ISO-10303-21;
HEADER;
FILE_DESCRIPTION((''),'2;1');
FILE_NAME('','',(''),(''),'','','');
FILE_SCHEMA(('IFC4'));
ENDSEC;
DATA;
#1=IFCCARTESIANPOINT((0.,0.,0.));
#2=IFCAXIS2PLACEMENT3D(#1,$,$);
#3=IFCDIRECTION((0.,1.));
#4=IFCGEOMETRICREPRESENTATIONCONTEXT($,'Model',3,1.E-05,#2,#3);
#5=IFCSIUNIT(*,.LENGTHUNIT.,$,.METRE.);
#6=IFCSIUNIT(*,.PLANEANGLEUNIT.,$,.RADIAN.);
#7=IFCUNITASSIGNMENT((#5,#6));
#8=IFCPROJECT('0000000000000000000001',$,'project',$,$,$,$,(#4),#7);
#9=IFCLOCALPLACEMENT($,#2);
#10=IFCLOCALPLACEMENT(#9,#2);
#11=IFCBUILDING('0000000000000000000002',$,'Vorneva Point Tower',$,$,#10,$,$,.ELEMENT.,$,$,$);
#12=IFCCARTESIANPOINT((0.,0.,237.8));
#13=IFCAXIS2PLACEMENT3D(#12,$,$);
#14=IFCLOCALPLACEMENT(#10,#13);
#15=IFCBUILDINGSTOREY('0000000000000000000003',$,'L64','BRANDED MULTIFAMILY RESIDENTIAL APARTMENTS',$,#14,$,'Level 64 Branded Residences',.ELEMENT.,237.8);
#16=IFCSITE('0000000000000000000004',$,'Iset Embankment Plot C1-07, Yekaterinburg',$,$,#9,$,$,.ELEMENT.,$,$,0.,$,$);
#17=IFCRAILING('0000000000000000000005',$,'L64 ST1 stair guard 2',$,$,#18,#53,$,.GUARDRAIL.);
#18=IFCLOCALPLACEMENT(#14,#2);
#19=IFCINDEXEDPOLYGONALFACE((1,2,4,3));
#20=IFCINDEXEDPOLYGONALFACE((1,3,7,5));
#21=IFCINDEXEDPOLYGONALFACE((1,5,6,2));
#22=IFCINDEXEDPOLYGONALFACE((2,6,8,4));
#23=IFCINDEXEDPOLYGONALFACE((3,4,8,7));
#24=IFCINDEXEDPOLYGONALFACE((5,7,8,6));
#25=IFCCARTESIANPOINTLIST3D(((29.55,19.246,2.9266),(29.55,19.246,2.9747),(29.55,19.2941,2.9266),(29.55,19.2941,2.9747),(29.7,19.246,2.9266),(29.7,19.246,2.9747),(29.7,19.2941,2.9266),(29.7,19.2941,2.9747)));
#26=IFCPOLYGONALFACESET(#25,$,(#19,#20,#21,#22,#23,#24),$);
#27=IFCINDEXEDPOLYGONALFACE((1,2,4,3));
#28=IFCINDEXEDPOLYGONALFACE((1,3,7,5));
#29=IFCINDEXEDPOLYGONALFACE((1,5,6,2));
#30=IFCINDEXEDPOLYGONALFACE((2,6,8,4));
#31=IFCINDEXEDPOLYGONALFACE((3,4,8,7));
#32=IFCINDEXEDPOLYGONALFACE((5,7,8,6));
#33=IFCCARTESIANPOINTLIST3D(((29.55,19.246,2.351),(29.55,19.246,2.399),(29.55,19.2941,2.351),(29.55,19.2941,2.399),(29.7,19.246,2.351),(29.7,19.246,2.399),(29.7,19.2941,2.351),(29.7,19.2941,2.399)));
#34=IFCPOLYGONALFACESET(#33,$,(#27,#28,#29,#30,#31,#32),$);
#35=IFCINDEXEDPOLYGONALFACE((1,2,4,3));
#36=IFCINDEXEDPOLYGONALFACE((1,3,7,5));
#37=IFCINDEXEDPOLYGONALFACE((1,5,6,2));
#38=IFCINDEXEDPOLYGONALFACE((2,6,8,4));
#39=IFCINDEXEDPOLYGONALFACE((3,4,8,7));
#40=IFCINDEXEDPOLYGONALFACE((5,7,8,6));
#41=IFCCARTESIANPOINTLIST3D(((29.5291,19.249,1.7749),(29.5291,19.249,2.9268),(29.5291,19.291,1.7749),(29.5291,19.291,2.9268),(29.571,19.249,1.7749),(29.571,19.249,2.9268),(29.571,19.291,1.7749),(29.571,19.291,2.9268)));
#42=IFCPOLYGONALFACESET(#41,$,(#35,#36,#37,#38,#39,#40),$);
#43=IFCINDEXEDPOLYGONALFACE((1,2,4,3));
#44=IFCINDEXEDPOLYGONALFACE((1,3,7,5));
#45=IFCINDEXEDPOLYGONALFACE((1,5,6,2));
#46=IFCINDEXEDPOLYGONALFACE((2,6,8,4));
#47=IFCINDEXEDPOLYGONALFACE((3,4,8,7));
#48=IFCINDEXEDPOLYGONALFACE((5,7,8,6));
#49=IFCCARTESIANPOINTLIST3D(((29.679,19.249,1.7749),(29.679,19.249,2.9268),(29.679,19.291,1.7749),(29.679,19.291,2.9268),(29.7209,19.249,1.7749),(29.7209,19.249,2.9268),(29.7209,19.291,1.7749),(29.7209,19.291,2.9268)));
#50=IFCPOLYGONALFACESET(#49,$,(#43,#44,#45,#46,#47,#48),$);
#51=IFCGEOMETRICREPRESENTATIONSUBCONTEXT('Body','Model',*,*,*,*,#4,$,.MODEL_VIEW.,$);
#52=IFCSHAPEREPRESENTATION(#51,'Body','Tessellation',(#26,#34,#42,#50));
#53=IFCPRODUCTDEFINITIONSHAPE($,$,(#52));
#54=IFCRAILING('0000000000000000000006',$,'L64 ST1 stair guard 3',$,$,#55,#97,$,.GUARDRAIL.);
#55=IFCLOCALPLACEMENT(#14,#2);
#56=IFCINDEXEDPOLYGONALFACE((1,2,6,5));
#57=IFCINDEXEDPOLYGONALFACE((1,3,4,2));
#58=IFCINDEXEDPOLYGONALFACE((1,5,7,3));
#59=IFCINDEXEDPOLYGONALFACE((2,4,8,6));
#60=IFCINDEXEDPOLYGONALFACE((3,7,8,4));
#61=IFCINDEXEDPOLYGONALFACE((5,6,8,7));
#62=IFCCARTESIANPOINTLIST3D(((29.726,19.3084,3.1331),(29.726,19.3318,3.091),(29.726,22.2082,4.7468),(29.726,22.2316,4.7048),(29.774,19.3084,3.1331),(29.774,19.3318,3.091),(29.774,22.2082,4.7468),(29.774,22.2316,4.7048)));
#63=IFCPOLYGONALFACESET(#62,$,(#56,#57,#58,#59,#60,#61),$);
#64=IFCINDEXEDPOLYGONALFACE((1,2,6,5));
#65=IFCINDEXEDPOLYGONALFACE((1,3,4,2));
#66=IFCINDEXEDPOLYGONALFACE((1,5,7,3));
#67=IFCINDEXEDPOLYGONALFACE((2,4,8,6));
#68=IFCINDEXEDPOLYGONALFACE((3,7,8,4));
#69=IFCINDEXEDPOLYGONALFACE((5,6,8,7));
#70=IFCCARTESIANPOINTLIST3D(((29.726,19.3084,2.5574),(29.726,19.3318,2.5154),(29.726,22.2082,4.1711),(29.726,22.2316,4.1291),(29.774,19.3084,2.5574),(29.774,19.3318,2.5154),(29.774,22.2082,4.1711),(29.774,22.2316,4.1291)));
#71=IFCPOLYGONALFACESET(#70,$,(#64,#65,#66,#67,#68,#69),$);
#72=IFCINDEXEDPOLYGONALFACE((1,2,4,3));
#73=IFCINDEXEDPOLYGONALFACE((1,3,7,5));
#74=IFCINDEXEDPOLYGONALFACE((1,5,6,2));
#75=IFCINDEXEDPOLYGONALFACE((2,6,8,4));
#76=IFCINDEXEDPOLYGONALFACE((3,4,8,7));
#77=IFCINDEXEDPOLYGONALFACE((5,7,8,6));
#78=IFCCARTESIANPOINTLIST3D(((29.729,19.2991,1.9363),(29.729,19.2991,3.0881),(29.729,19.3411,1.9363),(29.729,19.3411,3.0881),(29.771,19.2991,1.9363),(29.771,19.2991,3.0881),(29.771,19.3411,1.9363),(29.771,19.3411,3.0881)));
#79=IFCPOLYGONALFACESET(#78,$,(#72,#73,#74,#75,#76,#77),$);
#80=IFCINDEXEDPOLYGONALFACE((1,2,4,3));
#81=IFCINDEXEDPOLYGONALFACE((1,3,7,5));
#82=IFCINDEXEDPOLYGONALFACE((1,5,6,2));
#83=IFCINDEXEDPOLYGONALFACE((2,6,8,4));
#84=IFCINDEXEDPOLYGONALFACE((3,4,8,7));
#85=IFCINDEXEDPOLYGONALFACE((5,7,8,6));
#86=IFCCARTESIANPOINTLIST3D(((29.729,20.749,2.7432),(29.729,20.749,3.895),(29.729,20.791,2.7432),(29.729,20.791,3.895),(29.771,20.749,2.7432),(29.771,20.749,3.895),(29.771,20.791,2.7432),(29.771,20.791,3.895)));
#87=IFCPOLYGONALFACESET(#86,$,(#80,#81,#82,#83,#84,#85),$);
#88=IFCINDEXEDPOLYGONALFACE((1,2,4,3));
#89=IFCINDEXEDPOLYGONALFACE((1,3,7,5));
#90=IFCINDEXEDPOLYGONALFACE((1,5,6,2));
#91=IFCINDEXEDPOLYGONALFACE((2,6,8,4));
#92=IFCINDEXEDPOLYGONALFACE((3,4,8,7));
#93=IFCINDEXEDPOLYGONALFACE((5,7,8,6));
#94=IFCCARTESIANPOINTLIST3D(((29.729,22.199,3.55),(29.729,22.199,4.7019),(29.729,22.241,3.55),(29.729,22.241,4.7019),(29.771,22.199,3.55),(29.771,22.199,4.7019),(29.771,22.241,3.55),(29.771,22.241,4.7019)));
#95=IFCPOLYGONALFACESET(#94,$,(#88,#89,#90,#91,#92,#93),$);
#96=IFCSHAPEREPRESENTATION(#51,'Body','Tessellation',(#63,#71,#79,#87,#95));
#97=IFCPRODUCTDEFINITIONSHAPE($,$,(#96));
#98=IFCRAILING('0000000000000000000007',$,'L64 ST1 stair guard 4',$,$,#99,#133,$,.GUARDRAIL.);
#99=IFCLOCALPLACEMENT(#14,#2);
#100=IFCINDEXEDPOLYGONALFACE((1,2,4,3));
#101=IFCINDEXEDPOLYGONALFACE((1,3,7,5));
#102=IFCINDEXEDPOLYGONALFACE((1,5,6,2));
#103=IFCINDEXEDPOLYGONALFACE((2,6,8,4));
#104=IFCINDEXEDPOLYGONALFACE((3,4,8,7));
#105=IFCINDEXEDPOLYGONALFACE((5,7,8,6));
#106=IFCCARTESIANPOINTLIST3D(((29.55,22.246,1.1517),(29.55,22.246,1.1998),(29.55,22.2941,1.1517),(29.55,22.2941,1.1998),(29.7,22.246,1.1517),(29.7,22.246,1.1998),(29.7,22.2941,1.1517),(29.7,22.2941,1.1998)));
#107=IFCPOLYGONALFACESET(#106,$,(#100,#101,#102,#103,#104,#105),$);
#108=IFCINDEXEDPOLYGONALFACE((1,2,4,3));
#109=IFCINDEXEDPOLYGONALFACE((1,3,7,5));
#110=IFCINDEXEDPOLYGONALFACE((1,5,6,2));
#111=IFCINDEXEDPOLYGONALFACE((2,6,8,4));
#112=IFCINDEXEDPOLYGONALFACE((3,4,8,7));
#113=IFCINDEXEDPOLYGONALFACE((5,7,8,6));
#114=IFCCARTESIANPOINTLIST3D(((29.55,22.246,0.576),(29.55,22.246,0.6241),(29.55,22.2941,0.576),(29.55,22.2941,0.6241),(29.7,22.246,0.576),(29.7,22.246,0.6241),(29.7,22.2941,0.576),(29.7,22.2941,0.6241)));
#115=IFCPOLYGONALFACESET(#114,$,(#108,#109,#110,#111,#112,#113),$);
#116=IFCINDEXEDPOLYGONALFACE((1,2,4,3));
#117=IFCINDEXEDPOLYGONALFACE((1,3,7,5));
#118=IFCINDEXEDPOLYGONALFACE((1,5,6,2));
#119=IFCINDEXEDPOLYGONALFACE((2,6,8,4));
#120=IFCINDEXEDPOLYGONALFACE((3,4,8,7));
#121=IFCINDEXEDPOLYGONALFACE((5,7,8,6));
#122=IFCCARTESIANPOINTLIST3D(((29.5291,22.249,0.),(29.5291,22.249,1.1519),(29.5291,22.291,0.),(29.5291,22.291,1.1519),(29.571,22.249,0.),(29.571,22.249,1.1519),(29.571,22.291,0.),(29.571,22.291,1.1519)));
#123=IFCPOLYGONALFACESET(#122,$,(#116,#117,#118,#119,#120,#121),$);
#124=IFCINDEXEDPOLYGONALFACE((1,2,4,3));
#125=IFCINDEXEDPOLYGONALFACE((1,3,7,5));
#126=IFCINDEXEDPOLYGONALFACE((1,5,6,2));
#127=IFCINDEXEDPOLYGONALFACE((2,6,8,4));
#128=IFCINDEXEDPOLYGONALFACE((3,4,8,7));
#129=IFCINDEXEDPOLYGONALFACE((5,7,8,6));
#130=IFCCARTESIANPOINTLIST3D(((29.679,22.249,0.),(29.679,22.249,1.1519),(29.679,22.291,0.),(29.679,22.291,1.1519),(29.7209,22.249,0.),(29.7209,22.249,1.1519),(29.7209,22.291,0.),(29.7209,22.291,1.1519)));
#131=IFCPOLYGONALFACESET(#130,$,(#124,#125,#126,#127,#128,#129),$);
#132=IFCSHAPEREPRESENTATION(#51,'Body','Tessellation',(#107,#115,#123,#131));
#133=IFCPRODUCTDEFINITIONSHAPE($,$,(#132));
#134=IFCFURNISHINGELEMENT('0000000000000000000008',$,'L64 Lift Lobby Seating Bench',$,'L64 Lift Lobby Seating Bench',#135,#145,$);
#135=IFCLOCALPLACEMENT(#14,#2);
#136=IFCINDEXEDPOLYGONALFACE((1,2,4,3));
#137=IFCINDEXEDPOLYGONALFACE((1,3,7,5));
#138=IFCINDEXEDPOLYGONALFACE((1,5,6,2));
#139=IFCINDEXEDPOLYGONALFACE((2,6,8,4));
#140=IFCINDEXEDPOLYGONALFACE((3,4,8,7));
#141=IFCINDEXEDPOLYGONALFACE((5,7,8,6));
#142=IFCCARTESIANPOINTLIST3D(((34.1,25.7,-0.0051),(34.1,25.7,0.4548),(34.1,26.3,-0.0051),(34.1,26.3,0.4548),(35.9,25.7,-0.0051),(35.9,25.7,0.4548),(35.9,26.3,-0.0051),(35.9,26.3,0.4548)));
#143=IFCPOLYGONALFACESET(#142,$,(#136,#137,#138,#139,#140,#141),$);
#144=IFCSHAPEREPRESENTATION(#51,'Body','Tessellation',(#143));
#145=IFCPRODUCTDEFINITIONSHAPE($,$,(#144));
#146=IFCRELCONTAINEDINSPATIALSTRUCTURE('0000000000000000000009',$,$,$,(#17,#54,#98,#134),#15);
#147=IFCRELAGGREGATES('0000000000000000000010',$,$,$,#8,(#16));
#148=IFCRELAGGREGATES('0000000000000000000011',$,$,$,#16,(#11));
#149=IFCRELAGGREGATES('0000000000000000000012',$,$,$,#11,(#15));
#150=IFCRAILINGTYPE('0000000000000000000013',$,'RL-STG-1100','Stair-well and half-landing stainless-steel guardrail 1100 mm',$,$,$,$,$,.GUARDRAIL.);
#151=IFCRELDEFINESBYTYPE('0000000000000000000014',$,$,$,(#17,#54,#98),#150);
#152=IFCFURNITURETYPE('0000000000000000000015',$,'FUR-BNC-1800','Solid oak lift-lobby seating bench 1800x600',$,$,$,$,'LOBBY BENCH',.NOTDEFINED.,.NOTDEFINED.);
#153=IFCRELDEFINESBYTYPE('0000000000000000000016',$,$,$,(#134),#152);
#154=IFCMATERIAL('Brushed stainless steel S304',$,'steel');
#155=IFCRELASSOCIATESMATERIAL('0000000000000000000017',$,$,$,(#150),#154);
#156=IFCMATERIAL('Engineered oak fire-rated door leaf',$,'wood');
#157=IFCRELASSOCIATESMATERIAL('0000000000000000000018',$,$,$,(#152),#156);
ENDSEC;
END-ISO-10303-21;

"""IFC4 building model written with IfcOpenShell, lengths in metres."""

from ifc_helpers import new_model, si_unit, direction, frame, origin, origin_2d, place, context, subcontext, project, spatial, rectangle, extrude, material, type_object, element, save


model = new_model("IFC4")

# Units and contexts
model_context = context("Model", 3, precision=1e-05, world=origin(), true_north=direction((0.0, 1.0)))
body_context = subcontext(model_context, "Body", "Model", "MODEL_VIEW")
ifc_project = project(units=[si_unit("LENGTHUNIT", "METRE"), si_unit("PLANEANGLEUNIT", "RADIAN")], contexts=[model_context])

# Site, building, storey
site_placement = place(None, origin())
site = spatial("IfcSite", under=ifc_project, at=site_placement, Name="Iset Embankment Plot C1-07, Yekaterinburg", CompositionType="ELEMENT", RefElevation=0.0)
building_placement = place(site_placement, origin())
building = spatial("IfcBuilding", under=site, at=building_placement, Name="Vorneva Point Tower", CompositionType="ELEMENT")
storey_placement = place(building_placement, frame((0.0, 0.0, 237.8)))
storey = spatial("IfcBuildingStorey", under=building, at=storey_placement, Name="L64", Description="BRANDED MULTIFAMILY RESIDENTIAL APARTMENTS", LongName="Level 64 Branded Residences", CompositionType="ELEMENT", Elevation=237.8)

# Shared definitions
ifc_material_1 = material(Name="Engineered oak fire-rated door leaf", Category="wood")

# Railings
ifc_material_2 = material(Name="Brushed stainless steel S304", Category="steel")
railing_type_1 = type_object("IfcRailingType", Name="RL-STG-1100", Description="Stair-well and half-landing stainless-steel guardrail 1100 mm", PredefinedType="GUARDRAIL", material=ifc_material_2)
railing_1_placement = place(storey_placement, frame((29.55, 19.27, 1.7749)))
element("IfcRailing", 1, at=railing_1_placement, inside=storey, type_object=railing_type_1, Name="L64 ST1 stair guard 2", PredefinedType="GUARDRAIL", context=body_context, shape_type="SweptSolid", body=[
    extrude(rectangle(XDim=0.0481, YDim=0.0481, at=origin_2d()), frame((0.0, 0.0, 1.1758), z_axis=(1.0, 0.0, 0.0), x_axis=(0.0, 1.0, 0.0)), (0.0, 0.0, 1.0), 0.1499),
    extrude(rectangle(XDim=0.0481, YDim=0.0481, at=origin_2d()), frame((0.0, 0.0, 0.6001), z_axis=(1.0, 0.0, 0.0), x_axis=(0.0, 1.0, 0.0)), (0.0, 0.0, 1.0), 0.1499),
    extrude(rectangle(XDim=0.042, YDim=0.042, at=origin_2d()), origin(), (0.0, 0.0, 1.0), 1.1519),
    extrude(rectangle(XDim=0.042, YDim=0.042, at=origin_2d()), frame((0.1499, 0.0, 0.0)), (0.0, 0.0, 1.0), 1.1519),
])
railing_2_placement = place(storey_placement, frame((29.75, 19.3201, 1.9363)))
element("IfcRailing", 2, at=railing_2_placement, inside=storey, type_object=railing_type_1, Name="L64 ST1 stair guard 3", PredefinedType="GUARDRAIL", context=body_context, shape_type="SweptSolid", body=[
    extrude(rectangle(XDim=0.0481, YDim=0.0481, at=origin_2d()), frame((0.0, 0.0, 1.1758), z_axis=(0.0, 0.87381, 0.486267), x_axis=(-1.0, 0.0, 0.0)), (0.0, 0.0, 1.0), 3.3186),
    extrude(rectangle(XDim=0.0481, YDim=0.0481, at=origin_2d()), frame((0.0, 0.0, 0.6001), z_axis=(0.0, 0.87381, 0.486267), x_axis=(-1.0, 0.0, 0.0)), (0.0, 0.0, 1.0), 3.3186),
    extrude(rectangle(XDim=0.042, YDim=0.042, at=origin_2d()), origin(), (0.0, 0.0, 1.0), 1.1519),
    extrude(rectangle(XDim=0.042, YDim=0.042, at=origin_2d()), frame((0.0, 1.45, 0.8069)), (0.0, 0.0, 1.0), 1.1519),
    extrude(rectangle(XDim=0.042, YDim=0.042, at=origin_2d()), frame((0.0, 2.8999, 1.6138)), (0.0, 0.0, 1.0), 1.1519),
])
railing_3_placement = place(storey_placement, frame((29.55, 22.27, 0.0)))
element("IfcRailing", 3, at=railing_3_placement, inside=storey, type_object=railing_type_1, Name="L64 ST1 stair guard 4", PredefinedType="GUARDRAIL", context=body_context, shape_type="SweptSolid", body=[
    extrude(rectangle(XDim=0.0481, YDim=0.0481, at=origin_2d()), frame((0.0, 0.0, 1.1758), z_axis=(1.0, 0.0, 0.0), x_axis=(0.0, 1.0, 0.0)), (0.0, 0.0, 1.0), 0.1499),
    extrude(rectangle(XDim=0.0481, YDim=0.0481, at=origin_2d()), frame((0.0, 0.0, 0.6001), z_axis=(1.0, 0.0, 0.0), x_axis=(0.0, 1.0, 0.0)), (0.0, 0.0, 1.0), 0.1499),
    extrude(rectangle(XDim=0.042, YDim=0.042, at=origin_2d()), origin(), (0.0, 0.0, 1.0), 1.1519),
    extrude(rectangle(XDim=0.042, YDim=0.042, at=origin_2d()), frame((0.1499, 0.0, 0.0)), (0.0, 0.0, 1.0), 1.1519),
])

# Furnishing element
furniture_type = type_object("IfcFurnitureType", Name="FUR-BNC-1800", Description="Solid oak lift-lobby seating bench 1800x600", ElementType="LOBBY BENCH", AssemblyPlace="NOTDEFINED", PredefinedType="NOTDEFINED", material=ifc_material_1)
furnishing_placement = place(storey_placement, frame((35.0, 26.0, -0.0051), z_axis=(0.0, 0.0, 1.0), x_axis=(1.0, 0.0, 0.0)))
element("IfcFurnishingElement", 4, at=furnishing_placement, inside=storey, type_object=furniture_type, Name="L64 Lift Lobby Seating Bench", ObjectType="L64 Lift Lobby Seating Bench", context=body_context, shape_type="SweptSolid", body=[
    extrude(rectangle(XDim=1.8, YDim=0.6001, at=origin_2d()), origin(), (0.0, 0.0, 1.0), 0.46),
])

save(model, "model.ifc")
